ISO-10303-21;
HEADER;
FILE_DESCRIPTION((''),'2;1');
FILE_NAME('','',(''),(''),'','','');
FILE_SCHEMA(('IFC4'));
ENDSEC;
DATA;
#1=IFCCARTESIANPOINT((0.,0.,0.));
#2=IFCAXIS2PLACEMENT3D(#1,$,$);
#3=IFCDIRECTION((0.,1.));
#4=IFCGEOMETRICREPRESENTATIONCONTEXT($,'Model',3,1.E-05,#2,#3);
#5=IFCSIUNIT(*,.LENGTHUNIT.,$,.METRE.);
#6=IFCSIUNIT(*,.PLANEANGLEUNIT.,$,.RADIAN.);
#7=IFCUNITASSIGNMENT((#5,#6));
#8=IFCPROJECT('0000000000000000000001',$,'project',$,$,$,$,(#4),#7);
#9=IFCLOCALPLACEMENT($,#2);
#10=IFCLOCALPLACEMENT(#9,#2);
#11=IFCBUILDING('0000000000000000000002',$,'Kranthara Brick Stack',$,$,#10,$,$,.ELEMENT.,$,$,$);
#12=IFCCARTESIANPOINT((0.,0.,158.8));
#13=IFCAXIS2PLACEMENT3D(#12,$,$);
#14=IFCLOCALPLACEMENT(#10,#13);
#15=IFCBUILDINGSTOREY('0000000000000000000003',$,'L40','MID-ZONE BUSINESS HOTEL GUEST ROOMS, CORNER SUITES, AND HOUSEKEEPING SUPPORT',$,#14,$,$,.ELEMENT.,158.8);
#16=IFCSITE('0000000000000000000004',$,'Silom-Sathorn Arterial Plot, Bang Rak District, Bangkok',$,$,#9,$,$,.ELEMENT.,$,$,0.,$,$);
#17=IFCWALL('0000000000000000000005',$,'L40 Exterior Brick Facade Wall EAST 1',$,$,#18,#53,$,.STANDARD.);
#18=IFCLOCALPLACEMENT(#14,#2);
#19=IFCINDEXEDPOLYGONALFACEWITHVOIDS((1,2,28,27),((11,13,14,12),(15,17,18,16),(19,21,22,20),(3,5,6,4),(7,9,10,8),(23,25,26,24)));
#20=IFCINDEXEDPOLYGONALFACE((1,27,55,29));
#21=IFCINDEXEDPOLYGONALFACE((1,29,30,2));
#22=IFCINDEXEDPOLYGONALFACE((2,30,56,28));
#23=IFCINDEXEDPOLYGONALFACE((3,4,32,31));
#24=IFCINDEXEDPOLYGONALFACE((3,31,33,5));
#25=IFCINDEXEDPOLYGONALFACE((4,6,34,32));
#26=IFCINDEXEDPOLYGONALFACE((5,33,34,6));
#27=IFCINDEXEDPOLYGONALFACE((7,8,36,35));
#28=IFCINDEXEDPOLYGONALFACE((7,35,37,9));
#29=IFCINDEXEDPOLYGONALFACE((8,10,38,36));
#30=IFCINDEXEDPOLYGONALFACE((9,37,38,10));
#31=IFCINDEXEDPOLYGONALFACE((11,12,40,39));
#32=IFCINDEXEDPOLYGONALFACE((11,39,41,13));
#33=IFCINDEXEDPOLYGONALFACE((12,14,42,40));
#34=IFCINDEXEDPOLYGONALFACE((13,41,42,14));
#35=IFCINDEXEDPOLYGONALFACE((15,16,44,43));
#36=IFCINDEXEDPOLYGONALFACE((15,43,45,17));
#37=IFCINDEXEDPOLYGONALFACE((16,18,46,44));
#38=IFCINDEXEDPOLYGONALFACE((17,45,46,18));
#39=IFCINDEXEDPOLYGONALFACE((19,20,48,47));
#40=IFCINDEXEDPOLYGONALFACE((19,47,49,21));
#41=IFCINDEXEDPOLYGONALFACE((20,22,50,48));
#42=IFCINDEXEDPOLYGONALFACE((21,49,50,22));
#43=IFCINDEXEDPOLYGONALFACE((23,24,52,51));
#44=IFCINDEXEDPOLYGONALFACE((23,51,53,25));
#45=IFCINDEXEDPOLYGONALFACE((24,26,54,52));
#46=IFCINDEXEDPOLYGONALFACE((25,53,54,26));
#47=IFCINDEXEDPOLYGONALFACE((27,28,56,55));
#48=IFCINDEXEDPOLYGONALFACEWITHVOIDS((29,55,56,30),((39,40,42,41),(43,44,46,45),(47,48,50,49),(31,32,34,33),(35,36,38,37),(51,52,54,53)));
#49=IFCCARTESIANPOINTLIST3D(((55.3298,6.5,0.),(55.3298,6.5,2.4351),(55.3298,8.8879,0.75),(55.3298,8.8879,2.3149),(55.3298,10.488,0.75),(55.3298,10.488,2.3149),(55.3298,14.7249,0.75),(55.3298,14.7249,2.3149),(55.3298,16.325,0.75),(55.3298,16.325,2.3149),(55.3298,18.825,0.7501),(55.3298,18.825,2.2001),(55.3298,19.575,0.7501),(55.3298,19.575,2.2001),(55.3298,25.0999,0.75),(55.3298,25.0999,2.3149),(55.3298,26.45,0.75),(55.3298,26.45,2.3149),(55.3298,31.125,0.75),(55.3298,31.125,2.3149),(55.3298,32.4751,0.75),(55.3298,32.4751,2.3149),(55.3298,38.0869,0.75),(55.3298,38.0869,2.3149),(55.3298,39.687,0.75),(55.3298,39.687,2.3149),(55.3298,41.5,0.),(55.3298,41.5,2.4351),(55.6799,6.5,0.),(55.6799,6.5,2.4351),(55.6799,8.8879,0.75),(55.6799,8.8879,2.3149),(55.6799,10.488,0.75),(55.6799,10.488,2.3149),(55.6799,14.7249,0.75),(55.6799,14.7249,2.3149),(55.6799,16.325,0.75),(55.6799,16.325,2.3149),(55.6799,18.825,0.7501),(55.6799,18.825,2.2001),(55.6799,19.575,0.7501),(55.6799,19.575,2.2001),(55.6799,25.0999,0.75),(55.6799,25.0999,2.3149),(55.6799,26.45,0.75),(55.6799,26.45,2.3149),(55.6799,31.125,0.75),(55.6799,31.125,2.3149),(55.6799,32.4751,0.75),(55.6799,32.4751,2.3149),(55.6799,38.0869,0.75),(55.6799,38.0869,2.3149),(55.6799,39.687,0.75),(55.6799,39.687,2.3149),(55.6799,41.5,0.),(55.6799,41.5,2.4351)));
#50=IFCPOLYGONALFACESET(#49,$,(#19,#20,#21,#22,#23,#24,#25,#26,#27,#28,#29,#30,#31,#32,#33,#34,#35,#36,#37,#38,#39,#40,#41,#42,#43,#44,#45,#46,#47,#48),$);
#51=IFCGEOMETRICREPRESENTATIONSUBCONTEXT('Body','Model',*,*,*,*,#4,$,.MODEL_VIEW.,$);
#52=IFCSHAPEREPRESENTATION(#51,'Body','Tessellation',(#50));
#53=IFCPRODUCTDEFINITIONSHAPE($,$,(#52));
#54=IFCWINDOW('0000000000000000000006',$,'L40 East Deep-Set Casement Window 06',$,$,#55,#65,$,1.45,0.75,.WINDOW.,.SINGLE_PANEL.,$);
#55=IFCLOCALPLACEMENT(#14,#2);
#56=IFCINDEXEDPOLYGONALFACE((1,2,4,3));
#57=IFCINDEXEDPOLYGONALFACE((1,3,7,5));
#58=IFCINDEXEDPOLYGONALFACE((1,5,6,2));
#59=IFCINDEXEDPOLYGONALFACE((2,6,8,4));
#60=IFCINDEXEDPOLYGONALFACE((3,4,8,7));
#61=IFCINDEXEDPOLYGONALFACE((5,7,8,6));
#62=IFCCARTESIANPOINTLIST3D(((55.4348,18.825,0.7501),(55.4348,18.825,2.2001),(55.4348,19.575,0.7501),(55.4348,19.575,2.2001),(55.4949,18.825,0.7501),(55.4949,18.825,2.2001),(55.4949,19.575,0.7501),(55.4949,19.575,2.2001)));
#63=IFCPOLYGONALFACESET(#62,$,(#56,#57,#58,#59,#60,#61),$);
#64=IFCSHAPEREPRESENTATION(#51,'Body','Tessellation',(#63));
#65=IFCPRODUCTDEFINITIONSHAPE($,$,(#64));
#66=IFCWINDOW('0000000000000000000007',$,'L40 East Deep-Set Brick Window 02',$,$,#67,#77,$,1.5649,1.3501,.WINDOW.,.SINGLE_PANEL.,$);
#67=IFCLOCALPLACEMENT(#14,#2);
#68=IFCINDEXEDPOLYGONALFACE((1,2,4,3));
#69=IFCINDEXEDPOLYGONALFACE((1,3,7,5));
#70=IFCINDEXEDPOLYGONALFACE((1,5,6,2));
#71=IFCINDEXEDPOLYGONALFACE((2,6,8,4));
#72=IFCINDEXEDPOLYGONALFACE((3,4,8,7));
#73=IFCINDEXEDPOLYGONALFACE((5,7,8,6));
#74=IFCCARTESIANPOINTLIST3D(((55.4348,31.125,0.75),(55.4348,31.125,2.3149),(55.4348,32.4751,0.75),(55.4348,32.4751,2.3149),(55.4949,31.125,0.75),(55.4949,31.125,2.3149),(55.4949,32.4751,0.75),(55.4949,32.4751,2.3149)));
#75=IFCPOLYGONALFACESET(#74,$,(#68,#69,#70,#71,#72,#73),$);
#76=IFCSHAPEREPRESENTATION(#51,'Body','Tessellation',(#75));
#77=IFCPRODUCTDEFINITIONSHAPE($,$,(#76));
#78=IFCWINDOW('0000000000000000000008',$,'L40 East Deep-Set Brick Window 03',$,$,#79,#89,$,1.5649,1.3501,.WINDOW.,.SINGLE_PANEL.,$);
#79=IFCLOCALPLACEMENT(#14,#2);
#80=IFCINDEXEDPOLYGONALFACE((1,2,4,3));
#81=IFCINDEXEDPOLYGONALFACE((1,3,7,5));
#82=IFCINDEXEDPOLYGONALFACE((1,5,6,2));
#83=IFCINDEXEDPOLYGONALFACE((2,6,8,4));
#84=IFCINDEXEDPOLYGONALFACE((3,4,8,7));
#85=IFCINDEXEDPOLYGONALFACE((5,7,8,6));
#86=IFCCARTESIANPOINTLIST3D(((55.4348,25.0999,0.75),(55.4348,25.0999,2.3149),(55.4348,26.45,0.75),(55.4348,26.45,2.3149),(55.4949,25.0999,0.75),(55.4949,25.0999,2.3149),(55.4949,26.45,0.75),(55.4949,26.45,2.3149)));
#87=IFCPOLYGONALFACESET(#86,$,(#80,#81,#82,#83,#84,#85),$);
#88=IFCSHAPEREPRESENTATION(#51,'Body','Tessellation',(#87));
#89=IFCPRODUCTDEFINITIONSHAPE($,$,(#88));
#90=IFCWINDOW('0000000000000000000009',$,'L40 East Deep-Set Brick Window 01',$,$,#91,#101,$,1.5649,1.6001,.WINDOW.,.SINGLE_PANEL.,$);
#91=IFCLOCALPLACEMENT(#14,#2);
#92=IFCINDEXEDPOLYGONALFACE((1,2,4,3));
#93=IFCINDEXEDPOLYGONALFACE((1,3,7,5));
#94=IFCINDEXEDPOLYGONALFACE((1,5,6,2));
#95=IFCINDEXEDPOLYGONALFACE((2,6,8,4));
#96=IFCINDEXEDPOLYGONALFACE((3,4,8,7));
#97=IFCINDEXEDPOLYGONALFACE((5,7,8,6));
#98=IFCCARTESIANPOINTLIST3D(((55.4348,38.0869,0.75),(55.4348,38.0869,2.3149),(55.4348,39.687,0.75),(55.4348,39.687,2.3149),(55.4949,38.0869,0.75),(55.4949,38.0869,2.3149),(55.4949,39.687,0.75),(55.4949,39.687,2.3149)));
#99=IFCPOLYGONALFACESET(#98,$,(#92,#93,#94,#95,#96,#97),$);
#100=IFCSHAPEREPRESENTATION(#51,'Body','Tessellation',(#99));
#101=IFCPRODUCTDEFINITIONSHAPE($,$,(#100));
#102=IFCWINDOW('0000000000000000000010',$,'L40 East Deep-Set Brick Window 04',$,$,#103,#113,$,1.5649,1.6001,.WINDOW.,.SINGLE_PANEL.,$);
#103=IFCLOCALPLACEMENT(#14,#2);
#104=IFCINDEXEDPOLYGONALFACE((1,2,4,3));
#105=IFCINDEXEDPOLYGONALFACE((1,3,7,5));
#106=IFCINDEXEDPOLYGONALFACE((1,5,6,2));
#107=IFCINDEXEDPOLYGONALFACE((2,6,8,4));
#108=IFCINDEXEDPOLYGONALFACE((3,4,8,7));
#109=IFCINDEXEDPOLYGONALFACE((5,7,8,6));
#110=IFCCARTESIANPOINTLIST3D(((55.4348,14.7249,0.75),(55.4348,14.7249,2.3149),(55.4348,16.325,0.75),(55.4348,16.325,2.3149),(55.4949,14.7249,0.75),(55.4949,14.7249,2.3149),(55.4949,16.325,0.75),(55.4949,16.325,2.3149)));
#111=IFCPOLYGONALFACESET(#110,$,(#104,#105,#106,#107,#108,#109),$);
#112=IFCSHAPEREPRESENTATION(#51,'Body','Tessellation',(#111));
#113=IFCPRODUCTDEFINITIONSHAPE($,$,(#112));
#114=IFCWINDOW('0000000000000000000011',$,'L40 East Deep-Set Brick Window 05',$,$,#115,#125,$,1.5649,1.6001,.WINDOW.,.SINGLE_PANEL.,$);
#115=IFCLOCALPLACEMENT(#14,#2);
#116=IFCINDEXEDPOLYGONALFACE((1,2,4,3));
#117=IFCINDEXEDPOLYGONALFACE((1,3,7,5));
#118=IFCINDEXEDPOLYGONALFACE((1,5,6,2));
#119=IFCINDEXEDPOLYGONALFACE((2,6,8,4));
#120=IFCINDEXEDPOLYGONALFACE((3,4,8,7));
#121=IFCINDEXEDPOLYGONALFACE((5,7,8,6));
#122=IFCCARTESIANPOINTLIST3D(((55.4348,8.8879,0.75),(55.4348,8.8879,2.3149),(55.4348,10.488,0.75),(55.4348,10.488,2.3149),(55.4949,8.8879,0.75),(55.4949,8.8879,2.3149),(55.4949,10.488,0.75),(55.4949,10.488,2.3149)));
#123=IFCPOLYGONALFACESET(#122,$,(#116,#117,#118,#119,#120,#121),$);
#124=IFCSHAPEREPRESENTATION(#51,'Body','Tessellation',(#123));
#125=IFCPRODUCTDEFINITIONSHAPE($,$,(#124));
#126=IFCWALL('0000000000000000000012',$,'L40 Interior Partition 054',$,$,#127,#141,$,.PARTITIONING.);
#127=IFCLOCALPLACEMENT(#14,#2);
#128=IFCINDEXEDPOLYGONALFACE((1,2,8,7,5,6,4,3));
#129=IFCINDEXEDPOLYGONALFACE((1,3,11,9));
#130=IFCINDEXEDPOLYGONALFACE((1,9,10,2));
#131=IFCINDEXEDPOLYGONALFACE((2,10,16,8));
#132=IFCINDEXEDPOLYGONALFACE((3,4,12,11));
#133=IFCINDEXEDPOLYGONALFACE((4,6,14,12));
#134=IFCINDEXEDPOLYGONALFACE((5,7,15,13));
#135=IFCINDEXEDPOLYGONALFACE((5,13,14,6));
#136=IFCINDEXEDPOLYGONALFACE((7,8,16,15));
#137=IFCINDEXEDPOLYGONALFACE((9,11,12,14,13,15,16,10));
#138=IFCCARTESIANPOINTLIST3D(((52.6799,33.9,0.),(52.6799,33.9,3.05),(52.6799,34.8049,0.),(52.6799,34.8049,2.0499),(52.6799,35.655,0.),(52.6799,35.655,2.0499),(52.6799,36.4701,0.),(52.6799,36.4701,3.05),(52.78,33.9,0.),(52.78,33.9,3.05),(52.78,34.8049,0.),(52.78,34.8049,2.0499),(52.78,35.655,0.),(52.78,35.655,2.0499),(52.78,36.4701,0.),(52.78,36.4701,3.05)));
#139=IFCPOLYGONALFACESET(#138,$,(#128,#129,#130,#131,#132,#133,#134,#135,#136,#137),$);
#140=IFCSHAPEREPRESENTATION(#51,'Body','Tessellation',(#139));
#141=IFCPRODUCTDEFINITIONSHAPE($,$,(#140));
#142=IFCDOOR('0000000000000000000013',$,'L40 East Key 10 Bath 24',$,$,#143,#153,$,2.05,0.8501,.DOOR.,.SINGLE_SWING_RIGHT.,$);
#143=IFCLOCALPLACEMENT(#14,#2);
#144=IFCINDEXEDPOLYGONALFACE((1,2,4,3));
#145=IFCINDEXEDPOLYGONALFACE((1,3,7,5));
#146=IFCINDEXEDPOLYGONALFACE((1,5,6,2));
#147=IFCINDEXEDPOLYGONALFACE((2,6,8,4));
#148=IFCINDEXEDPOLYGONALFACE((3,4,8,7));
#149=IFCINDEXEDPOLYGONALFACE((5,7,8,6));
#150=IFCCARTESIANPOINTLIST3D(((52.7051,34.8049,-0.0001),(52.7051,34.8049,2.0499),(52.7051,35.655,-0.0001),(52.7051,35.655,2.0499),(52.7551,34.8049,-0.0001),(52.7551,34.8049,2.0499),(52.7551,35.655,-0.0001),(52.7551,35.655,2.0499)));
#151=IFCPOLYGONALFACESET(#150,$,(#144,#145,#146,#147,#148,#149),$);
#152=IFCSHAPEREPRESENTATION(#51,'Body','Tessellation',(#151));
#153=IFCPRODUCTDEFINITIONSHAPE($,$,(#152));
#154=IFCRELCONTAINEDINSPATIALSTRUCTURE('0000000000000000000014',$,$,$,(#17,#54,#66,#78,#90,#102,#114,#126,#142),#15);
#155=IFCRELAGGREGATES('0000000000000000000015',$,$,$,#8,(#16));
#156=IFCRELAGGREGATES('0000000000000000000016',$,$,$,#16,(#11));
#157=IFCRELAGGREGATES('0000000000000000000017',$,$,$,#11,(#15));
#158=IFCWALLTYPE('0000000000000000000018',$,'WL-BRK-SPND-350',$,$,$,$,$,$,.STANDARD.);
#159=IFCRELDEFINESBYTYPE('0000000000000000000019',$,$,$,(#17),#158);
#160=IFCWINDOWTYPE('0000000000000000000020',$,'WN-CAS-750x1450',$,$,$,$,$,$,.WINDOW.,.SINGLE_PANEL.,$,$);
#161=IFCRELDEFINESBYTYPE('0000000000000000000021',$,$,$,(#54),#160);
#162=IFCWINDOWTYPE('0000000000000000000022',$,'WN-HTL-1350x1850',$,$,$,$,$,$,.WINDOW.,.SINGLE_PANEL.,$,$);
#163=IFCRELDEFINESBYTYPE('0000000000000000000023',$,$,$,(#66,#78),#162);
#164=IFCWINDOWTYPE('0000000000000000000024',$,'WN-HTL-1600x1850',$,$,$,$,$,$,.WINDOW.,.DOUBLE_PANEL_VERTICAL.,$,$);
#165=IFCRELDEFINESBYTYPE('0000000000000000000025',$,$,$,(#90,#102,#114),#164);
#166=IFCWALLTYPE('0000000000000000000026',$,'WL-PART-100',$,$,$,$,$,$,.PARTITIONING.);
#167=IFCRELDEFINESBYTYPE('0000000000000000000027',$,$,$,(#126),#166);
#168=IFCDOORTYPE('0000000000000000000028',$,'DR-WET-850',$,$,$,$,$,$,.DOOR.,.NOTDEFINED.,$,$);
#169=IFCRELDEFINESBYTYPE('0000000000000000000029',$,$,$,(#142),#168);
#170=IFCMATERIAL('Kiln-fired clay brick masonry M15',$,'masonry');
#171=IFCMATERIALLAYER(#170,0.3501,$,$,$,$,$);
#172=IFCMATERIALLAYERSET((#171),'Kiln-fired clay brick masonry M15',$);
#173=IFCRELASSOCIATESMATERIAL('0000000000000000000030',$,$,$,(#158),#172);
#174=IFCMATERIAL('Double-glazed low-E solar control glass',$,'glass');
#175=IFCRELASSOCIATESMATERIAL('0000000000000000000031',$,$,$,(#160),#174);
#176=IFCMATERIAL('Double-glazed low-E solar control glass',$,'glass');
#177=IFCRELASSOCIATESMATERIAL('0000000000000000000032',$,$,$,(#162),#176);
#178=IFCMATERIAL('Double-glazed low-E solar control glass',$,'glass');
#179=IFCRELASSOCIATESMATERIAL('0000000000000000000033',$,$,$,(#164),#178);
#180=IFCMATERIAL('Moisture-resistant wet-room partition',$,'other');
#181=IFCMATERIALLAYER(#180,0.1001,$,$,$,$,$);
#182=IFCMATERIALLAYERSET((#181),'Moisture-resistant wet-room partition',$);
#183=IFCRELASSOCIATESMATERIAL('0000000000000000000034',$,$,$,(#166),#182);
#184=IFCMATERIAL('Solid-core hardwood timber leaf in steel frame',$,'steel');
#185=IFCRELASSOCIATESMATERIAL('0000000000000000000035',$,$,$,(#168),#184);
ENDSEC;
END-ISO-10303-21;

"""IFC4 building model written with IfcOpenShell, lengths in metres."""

from ifc_helpers import new_model, si_unit, direction, frame, frame_2d, origin, place, context, subcontext, project, spatial, rectangle, extrude, material, layer, layer_set, type_object, element, fill, save


model = new_model("IFC4")

# Units and contexts
model_context = context("Model", 3, precision=1e-05, world=origin(), true_north=direction((0.0, 1.0)))
body_context = subcontext(model_context, "Body", "Model", "MODEL_VIEW")
ifc_project = project(units=[si_unit("LENGTHUNIT", "METRE"), si_unit("PLANEANGLEUNIT", "RADIAN")], contexts=[model_context])

# Site, building, storey
site_placement = place(None, origin())
site = spatial("IfcSite", under=ifc_project, at=site_placement, Name="Silom-Sathorn Arterial Plot, Bang Rak District, Bangkok", CompositionType="ELEMENT", RefElevation=0.0)
building_placement = place(site_placement, origin())
building = spatial("IfcBuilding", under=site, at=building_placement, Name="Kranthara Brick Stack", CompositionType="ELEMENT")
storey_placement = place(building_placement, frame((0.0, 0.0, 158.8)))
storey = spatial("IfcBuildingStorey", under=building, at=storey_placement, Name="L40", Description="MID-ZONE BUSINESS HOTEL GUEST ROOMS, CORNER SUITES, AND HOUSEKEEPING SUPPORT", CompositionType="ELEMENT", Elevation=158.8)

# Shared definitions
ifc_material_1 = material(Name="Kiln-fired clay brick masonry M15", Category="masonry")
ifc_layer_1 = layer(ifc_material_1, 0.3501)
ifc_layer_set_1 = layer_set([ifc_layer_1], Name="Kiln-fired clay brick masonry M15")
wall_type_1 = type_object("IfcWallType", Name="WL-BRK-SPND-350", PredefinedType="STANDARD", material=ifc_layer_set_1)

# Wall, openings, windows
wall_1_placement = place(storey_placement, frame((55.5049, 41.5, 0.0), z_axis=(0.0, 0.0, 1.0), x_axis=(0.0, -1.0, 0.0)))
wall_1 = element("IfcWall", 1, at=wall_1_placement, inside=storey, type_object=wall_type_1, Name="L40 Exterior Brick Facade Wall EAST 1", PredefinedType="STANDARD", context=body_context, shape_type="SweptSolid", body=[
    extrude(rectangle(XDim=35.0, YDim=0.3501, at=frame_2d((17.5, 0.0))), origin(), (0.0, 0.0, 1.0), 2.4351),
])
opening_1_placement = place(wall_1_placement, frame((1.813, 0.0, 0.75)))
opening_1 = element("IfcOpeningElement", 2, at=opening_1_placement, cuts=wall_1, PredefinedType="OPENING", context=body_context, shape_type="SweptSolid", body=[
    extrude(rectangle(XDim=1.6001, YDim=1.5649, at=frame_2d((0.8, 0.7825))), frame((0.0, 0.1851, 0.0), z_axis=(0.0, -1.0, 0.0), x_axis=(1.0, 0.0, 0.0)), (0.0, 0.0, 1.0), 0.3701),
])
opening_2_placement = place(wall_1_placement, frame((9.0249, 0.0, 0.75)))
opening_2 = element("IfcOpeningElement", 3, at=opening_2_placement, cuts=wall_1, PredefinedType="OPENING", context=body_context, shape_type="SweptSolid", body=[
    extrude(rectangle(XDim=1.3501, YDim=1.5649, at=frame_2d((0.675, 0.7825))), frame((0.0, 0.1851, 0.0), z_axis=(0.0, -1.0, 0.0), x_axis=(1.0, 0.0, 0.0)), (0.0, 0.0, 1.0), 0.3701),
])
opening_3_placement = place(wall_1_placement, frame((15.05, 0.0, 0.75)))
opening_3 = element("IfcOpeningElement", 4, at=opening_3_placement, cuts=wall_1, PredefinedType="OPENING", context=body_context, shape_type="SweptSolid", body=[
    extrude(rectangle(XDim=1.3501, YDim=1.5649, at=frame_2d((0.675, 0.7825))), frame((0.0, 0.1851, 0.0), z_axis=(0.0, -1.0, 0.0), x_axis=(1.0, 0.0, 0.0)), (0.0, 0.0, 1.0), 0.3701),
])
opening_4_placement = place(wall_1_placement, frame((25.175, 0.0, 0.75)))
opening_4 = element("IfcOpeningElement", 5, at=opening_4_placement, cuts=wall_1, PredefinedType="OPENING", context=body_context, shape_type="SweptSolid", body=[
    extrude(rectangle(XDim=1.6001, YDim=1.5649, at=frame_2d((0.8, 0.7825))), frame((0.0, 0.1851, 0.0), z_axis=(0.0, -1.0, 0.0), x_axis=(1.0, 0.0, 0.0)), (0.0, 0.0, 1.0), 0.3701),
])
opening_5_placement = place(wall_1_placement, frame((31.012, 0.0, 0.75)))
opening_5 = element("IfcOpeningElement", 6, at=opening_5_placement, cuts=wall_1, PredefinedType="OPENING", context=body_context, shape_type="SweptSolid", body=[
    extrude(rectangle(XDim=1.6001, YDim=1.5649, at=frame_2d((0.8, 0.7825))), frame((0.0, 0.1851, 0.0), z_axis=(0.0, -1.0, 0.0), x_axis=(1.0, 0.0, 0.0)), (0.0, 0.0, 1.0), 0.3701),
])
opening_6_placement = place(wall_1_placement, frame((21.925, 0.0, 0.75)))
opening_6 = element("IfcOpeningElement", 7, at=opening_6_placement, cuts=wall_1, PredefinedType="OPENING", context=body_context, shape_type="SweptSolid", body=[
    extrude(rectangle(XDim=0.75, YDim=1.45, at=frame_2d((0.375, 0.7251))), frame((0.0, 0.1851, 0.0), z_axis=(0.0, -1.0, 0.0), x_axis=(1.0, 0.0, 0.0)), (0.0, 0.0, 1.0), 0.3701),
])
ifc_material_2 = material(Name="Double-glazed low-E solar control glass", Category="glass")
window_type_1 = type_object("IfcWindowType", Name="WN-CAS-750x1450", PartitioningType="SINGLE_PANEL", PredefinedType="WINDOW", material=ifc_material_2)
window_1_placement = place(opening_6_placement, origin())
window_1 = element("IfcWindow", 8, at=window_1_placement, inside=storey, type_object=window_type_1, Name="L40 East Deep-Set Casement Window 06", OverallHeight=1.45, OverallWidth=0.75, PartitioningType="SINGLE_PANEL", PredefinedType="WINDOW", context=body_context, shape_type="SweptSolid", body=[
    extrude(rectangle(XDim=0.75, YDim=1.45, at=frame_2d((0.375, 0.7251))), frame((0.0, -0.01, 0.0), z_axis=(0.0, -1.0, 0.0), x_axis=(1.0, 0.0, 0.0)), (0.0, 0.0, 1.0), 0.0601),
])
fill(opening_6, window_1)
ifc_material_3 = material(Name="Double-glazed low-E solar control glass", Category="glass")
window_type_2 = type_object("IfcWindowType", Name="WN-HTL-1350x1850", PartitioningType="SINGLE_PANEL", PredefinedType="WINDOW", material=ifc_material_3)
window_2_placement = place(opening_2_placement, origin())
window_2 = element("IfcWindow", 9, at=window_2_placement, inside=storey, type_object=window_type_2, Name="L40 East Deep-Set Brick Window 02", OverallHeight=1.5649, OverallWidth=1.3501, PartitioningType="SINGLE_PANEL", PredefinedType="WINDOW", context=body_context, shape_type="SweptSolid", body=[
    extrude(rectangle(XDim=1.3501, YDim=1.5649, at=frame_2d((0.675, 0.7825))), frame((0.0, -0.01, 0.0), z_axis=(0.0, -1.0, 0.0), x_axis=(1.0, 0.0, 0.0)), (0.0, 0.0, 1.0), 0.0601),
])
fill(opening_2, window_2)
window_3_placement = place(opening_3_placement, origin())
window_3 = element("IfcWindow", 10, at=window_3_placement, inside=storey, type_object=window_type_2, Name="L40 East Deep-Set Brick Window 03", OverallHeight=1.5649, OverallWidth=1.3501, PartitioningType="SINGLE_PANEL", PredefinedType="WINDOW", context=body_context, shape_type="SweptSolid", body=[
    extrude(rectangle(XDim=1.3501, YDim=1.5649, at=frame_2d((0.675, 0.7825))), frame((0.0, -0.01, 0.0), z_axis=(0.0, -1.0, 0.0), x_axis=(1.0, 0.0, 0.0)), (0.0, 0.0, 1.0), 0.0601),
])
fill(opening_3, window_3)
ifc_material_4 = material(Name="Double-glazed low-E solar control glass", Category="glass")
window_type_3 = type_object("IfcWindowType", Name="WN-HTL-1600x1850", PartitioningType="DOUBLE_PANEL_VERTICAL", PredefinedType="WINDOW", material=ifc_material_4)
window_4_placement = place(opening_1_placement, origin())
window_4 = element("IfcWindow", 11, at=window_4_placement, inside=storey, type_object=window_type_3, Name="L40 East Deep-Set Brick Window 01", OverallHeight=1.5649, OverallWidth=1.6001, PartitioningType="SINGLE_PANEL", PredefinedType="WINDOW", context=body_context, shape_type="SweptSolid", body=[
    extrude(rectangle(XDim=1.6001, YDim=1.5649, at=frame_2d((0.8, 0.7825))), frame((0.0, -0.01, 0.0), z_axis=(0.0, -1.0, 0.0), x_axis=(1.0, 0.0, 0.0)), (0.0, 0.0, 1.0), 0.0601),
])
fill(opening_1, window_4)
window_5_placement = place(opening_4_placement, origin())
window_5 = element("IfcWindow", 12, at=window_5_placement, inside=storey, type_object=window_type_3, Name="L40 East Deep-Set Brick Window 04", OverallHeight=1.5649, OverallWidth=1.6001, PartitioningType="SINGLE_PANEL", PredefinedType="WINDOW", context=body_context, shape_type="SweptSolid", body=[
    extrude(rectangle(XDim=1.6001, YDim=1.5649, at=frame_2d((0.8, 0.7825))), frame((0.0, -0.01, 0.0), z_axis=(0.0, -1.0, 0.0), x_axis=(1.0, 0.0, 0.0)), (0.0, 0.0, 1.0), 0.0601),
])
fill(opening_4, window_5)
window_6_placement = place(opening_5_placement, origin())
window_6 = element("IfcWindow", 13, at=window_6_placement, inside=storey, type_object=window_type_3, Name="L40 East Deep-Set Brick Window 05", OverallHeight=1.5649, OverallWidth=1.6001, PartitioningType="SINGLE_PANEL", PredefinedType="WINDOW", context=body_context, shape_type="SweptSolid", body=[
    extrude(rectangle(XDim=1.6001, YDim=1.5649, at=frame_2d((0.8, 0.7825))), frame((0.0, -0.01, 0.0), z_axis=(0.0, -1.0, 0.0), x_axis=(1.0, 0.0, 0.0)), (0.0, 0.0, 1.0), 0.0601),
])
fill(opening_5, window_6)

# Wall, opening, door
ifc_material_5 = material(Name="Moisture-resistant wet-room partition", Category="other")
ifc_layer_2 = layer(ifc_material_5, 0.1001)
ifc_layer_set_2 = layer_set([ifc_layer_2], Name="Moisture-resistant wet-room partition")
wall_type_2 = type_object("IfcWallType", Name="WL-PART-100", PredefinedType="PARTITIONING", material=ifc_layer_set_2)
wall_2_placement = place(storey_placement, frame((52.73, 33.8999, 0.0), z_axis=(0.0, 0.0, 1.0), x_axis=(0.0, 1.0, 0.0)))
wall_2 = element("IfcWall", 14, at=wall_2_placement, inside=storey, type_object=wall_type_2, Name="L40 Interior Partition 054", PredefinedType="PARTITIONING", context=body_context, shape_type="SweptSolid", body=[
    extrude(rectangle(XDim=2.5701, YDim=0.1001, at=frame_2d((1.2852, 0.0))), origin(), (0.0, 0.0, 1.0), 3.05),
])
opening_7_placement = place(wall_2_placement, frame((0.905, 0.0, 0.0)))
opening_7 = element("IfcOpeningElement", 15, at=opening_7_placement, cuts=wall_2, PredefinedType="OPENING", context=body_context, shape_type="SweptSolid", body=[
    extrude(rectangle(XDim=0.8501, YDim=2.05, at=frame_2d((0.425, 1.0249))), frame((0.0, 0.0601, 0.0), z_axis=(0.0, -1.0, 0.0), x_axis=(1.0, 0.0, 0.0)), (0.0, 0.0, 1.0), 0.1201),
])
ifc_material_6 = material(Name="Solid-core hardwood timber leaf in steel frame", Category="steel")
door_type = type_object("IfcDoorType", Name="DR-WET-850", OperationType="NOTDEFINED", PredefinedType="DOOR", material=ifc_material_6)
door_placement = place(opening_7_placement, origin())
door = element("IfcDoor", 16, at=door_placement, inside=storey, type_object=door_type, Name="L40 East Key 10 Bath 24", OperationType="SINGLE_SWING_RIGHT", OverallHeight=2.05, OverallWidth=0.8501, PredefinedType="DOOR", context=body_context, shape_type="SweptSolid", body=[
    extrude(rectangle(XDim=0.8501, YDim=2.05, at=frame_2d((0.425, 1.0249))), frame((0.0, 0.0249, 0.0), z_axis=(0.0, -1.0, 0.0), x_axis=(1.0, 0.0, 0.0)), (0.0, 0.0, 1.0), 0.05),
])
fill(opening_7, door)

save(model, "model.ifc")
